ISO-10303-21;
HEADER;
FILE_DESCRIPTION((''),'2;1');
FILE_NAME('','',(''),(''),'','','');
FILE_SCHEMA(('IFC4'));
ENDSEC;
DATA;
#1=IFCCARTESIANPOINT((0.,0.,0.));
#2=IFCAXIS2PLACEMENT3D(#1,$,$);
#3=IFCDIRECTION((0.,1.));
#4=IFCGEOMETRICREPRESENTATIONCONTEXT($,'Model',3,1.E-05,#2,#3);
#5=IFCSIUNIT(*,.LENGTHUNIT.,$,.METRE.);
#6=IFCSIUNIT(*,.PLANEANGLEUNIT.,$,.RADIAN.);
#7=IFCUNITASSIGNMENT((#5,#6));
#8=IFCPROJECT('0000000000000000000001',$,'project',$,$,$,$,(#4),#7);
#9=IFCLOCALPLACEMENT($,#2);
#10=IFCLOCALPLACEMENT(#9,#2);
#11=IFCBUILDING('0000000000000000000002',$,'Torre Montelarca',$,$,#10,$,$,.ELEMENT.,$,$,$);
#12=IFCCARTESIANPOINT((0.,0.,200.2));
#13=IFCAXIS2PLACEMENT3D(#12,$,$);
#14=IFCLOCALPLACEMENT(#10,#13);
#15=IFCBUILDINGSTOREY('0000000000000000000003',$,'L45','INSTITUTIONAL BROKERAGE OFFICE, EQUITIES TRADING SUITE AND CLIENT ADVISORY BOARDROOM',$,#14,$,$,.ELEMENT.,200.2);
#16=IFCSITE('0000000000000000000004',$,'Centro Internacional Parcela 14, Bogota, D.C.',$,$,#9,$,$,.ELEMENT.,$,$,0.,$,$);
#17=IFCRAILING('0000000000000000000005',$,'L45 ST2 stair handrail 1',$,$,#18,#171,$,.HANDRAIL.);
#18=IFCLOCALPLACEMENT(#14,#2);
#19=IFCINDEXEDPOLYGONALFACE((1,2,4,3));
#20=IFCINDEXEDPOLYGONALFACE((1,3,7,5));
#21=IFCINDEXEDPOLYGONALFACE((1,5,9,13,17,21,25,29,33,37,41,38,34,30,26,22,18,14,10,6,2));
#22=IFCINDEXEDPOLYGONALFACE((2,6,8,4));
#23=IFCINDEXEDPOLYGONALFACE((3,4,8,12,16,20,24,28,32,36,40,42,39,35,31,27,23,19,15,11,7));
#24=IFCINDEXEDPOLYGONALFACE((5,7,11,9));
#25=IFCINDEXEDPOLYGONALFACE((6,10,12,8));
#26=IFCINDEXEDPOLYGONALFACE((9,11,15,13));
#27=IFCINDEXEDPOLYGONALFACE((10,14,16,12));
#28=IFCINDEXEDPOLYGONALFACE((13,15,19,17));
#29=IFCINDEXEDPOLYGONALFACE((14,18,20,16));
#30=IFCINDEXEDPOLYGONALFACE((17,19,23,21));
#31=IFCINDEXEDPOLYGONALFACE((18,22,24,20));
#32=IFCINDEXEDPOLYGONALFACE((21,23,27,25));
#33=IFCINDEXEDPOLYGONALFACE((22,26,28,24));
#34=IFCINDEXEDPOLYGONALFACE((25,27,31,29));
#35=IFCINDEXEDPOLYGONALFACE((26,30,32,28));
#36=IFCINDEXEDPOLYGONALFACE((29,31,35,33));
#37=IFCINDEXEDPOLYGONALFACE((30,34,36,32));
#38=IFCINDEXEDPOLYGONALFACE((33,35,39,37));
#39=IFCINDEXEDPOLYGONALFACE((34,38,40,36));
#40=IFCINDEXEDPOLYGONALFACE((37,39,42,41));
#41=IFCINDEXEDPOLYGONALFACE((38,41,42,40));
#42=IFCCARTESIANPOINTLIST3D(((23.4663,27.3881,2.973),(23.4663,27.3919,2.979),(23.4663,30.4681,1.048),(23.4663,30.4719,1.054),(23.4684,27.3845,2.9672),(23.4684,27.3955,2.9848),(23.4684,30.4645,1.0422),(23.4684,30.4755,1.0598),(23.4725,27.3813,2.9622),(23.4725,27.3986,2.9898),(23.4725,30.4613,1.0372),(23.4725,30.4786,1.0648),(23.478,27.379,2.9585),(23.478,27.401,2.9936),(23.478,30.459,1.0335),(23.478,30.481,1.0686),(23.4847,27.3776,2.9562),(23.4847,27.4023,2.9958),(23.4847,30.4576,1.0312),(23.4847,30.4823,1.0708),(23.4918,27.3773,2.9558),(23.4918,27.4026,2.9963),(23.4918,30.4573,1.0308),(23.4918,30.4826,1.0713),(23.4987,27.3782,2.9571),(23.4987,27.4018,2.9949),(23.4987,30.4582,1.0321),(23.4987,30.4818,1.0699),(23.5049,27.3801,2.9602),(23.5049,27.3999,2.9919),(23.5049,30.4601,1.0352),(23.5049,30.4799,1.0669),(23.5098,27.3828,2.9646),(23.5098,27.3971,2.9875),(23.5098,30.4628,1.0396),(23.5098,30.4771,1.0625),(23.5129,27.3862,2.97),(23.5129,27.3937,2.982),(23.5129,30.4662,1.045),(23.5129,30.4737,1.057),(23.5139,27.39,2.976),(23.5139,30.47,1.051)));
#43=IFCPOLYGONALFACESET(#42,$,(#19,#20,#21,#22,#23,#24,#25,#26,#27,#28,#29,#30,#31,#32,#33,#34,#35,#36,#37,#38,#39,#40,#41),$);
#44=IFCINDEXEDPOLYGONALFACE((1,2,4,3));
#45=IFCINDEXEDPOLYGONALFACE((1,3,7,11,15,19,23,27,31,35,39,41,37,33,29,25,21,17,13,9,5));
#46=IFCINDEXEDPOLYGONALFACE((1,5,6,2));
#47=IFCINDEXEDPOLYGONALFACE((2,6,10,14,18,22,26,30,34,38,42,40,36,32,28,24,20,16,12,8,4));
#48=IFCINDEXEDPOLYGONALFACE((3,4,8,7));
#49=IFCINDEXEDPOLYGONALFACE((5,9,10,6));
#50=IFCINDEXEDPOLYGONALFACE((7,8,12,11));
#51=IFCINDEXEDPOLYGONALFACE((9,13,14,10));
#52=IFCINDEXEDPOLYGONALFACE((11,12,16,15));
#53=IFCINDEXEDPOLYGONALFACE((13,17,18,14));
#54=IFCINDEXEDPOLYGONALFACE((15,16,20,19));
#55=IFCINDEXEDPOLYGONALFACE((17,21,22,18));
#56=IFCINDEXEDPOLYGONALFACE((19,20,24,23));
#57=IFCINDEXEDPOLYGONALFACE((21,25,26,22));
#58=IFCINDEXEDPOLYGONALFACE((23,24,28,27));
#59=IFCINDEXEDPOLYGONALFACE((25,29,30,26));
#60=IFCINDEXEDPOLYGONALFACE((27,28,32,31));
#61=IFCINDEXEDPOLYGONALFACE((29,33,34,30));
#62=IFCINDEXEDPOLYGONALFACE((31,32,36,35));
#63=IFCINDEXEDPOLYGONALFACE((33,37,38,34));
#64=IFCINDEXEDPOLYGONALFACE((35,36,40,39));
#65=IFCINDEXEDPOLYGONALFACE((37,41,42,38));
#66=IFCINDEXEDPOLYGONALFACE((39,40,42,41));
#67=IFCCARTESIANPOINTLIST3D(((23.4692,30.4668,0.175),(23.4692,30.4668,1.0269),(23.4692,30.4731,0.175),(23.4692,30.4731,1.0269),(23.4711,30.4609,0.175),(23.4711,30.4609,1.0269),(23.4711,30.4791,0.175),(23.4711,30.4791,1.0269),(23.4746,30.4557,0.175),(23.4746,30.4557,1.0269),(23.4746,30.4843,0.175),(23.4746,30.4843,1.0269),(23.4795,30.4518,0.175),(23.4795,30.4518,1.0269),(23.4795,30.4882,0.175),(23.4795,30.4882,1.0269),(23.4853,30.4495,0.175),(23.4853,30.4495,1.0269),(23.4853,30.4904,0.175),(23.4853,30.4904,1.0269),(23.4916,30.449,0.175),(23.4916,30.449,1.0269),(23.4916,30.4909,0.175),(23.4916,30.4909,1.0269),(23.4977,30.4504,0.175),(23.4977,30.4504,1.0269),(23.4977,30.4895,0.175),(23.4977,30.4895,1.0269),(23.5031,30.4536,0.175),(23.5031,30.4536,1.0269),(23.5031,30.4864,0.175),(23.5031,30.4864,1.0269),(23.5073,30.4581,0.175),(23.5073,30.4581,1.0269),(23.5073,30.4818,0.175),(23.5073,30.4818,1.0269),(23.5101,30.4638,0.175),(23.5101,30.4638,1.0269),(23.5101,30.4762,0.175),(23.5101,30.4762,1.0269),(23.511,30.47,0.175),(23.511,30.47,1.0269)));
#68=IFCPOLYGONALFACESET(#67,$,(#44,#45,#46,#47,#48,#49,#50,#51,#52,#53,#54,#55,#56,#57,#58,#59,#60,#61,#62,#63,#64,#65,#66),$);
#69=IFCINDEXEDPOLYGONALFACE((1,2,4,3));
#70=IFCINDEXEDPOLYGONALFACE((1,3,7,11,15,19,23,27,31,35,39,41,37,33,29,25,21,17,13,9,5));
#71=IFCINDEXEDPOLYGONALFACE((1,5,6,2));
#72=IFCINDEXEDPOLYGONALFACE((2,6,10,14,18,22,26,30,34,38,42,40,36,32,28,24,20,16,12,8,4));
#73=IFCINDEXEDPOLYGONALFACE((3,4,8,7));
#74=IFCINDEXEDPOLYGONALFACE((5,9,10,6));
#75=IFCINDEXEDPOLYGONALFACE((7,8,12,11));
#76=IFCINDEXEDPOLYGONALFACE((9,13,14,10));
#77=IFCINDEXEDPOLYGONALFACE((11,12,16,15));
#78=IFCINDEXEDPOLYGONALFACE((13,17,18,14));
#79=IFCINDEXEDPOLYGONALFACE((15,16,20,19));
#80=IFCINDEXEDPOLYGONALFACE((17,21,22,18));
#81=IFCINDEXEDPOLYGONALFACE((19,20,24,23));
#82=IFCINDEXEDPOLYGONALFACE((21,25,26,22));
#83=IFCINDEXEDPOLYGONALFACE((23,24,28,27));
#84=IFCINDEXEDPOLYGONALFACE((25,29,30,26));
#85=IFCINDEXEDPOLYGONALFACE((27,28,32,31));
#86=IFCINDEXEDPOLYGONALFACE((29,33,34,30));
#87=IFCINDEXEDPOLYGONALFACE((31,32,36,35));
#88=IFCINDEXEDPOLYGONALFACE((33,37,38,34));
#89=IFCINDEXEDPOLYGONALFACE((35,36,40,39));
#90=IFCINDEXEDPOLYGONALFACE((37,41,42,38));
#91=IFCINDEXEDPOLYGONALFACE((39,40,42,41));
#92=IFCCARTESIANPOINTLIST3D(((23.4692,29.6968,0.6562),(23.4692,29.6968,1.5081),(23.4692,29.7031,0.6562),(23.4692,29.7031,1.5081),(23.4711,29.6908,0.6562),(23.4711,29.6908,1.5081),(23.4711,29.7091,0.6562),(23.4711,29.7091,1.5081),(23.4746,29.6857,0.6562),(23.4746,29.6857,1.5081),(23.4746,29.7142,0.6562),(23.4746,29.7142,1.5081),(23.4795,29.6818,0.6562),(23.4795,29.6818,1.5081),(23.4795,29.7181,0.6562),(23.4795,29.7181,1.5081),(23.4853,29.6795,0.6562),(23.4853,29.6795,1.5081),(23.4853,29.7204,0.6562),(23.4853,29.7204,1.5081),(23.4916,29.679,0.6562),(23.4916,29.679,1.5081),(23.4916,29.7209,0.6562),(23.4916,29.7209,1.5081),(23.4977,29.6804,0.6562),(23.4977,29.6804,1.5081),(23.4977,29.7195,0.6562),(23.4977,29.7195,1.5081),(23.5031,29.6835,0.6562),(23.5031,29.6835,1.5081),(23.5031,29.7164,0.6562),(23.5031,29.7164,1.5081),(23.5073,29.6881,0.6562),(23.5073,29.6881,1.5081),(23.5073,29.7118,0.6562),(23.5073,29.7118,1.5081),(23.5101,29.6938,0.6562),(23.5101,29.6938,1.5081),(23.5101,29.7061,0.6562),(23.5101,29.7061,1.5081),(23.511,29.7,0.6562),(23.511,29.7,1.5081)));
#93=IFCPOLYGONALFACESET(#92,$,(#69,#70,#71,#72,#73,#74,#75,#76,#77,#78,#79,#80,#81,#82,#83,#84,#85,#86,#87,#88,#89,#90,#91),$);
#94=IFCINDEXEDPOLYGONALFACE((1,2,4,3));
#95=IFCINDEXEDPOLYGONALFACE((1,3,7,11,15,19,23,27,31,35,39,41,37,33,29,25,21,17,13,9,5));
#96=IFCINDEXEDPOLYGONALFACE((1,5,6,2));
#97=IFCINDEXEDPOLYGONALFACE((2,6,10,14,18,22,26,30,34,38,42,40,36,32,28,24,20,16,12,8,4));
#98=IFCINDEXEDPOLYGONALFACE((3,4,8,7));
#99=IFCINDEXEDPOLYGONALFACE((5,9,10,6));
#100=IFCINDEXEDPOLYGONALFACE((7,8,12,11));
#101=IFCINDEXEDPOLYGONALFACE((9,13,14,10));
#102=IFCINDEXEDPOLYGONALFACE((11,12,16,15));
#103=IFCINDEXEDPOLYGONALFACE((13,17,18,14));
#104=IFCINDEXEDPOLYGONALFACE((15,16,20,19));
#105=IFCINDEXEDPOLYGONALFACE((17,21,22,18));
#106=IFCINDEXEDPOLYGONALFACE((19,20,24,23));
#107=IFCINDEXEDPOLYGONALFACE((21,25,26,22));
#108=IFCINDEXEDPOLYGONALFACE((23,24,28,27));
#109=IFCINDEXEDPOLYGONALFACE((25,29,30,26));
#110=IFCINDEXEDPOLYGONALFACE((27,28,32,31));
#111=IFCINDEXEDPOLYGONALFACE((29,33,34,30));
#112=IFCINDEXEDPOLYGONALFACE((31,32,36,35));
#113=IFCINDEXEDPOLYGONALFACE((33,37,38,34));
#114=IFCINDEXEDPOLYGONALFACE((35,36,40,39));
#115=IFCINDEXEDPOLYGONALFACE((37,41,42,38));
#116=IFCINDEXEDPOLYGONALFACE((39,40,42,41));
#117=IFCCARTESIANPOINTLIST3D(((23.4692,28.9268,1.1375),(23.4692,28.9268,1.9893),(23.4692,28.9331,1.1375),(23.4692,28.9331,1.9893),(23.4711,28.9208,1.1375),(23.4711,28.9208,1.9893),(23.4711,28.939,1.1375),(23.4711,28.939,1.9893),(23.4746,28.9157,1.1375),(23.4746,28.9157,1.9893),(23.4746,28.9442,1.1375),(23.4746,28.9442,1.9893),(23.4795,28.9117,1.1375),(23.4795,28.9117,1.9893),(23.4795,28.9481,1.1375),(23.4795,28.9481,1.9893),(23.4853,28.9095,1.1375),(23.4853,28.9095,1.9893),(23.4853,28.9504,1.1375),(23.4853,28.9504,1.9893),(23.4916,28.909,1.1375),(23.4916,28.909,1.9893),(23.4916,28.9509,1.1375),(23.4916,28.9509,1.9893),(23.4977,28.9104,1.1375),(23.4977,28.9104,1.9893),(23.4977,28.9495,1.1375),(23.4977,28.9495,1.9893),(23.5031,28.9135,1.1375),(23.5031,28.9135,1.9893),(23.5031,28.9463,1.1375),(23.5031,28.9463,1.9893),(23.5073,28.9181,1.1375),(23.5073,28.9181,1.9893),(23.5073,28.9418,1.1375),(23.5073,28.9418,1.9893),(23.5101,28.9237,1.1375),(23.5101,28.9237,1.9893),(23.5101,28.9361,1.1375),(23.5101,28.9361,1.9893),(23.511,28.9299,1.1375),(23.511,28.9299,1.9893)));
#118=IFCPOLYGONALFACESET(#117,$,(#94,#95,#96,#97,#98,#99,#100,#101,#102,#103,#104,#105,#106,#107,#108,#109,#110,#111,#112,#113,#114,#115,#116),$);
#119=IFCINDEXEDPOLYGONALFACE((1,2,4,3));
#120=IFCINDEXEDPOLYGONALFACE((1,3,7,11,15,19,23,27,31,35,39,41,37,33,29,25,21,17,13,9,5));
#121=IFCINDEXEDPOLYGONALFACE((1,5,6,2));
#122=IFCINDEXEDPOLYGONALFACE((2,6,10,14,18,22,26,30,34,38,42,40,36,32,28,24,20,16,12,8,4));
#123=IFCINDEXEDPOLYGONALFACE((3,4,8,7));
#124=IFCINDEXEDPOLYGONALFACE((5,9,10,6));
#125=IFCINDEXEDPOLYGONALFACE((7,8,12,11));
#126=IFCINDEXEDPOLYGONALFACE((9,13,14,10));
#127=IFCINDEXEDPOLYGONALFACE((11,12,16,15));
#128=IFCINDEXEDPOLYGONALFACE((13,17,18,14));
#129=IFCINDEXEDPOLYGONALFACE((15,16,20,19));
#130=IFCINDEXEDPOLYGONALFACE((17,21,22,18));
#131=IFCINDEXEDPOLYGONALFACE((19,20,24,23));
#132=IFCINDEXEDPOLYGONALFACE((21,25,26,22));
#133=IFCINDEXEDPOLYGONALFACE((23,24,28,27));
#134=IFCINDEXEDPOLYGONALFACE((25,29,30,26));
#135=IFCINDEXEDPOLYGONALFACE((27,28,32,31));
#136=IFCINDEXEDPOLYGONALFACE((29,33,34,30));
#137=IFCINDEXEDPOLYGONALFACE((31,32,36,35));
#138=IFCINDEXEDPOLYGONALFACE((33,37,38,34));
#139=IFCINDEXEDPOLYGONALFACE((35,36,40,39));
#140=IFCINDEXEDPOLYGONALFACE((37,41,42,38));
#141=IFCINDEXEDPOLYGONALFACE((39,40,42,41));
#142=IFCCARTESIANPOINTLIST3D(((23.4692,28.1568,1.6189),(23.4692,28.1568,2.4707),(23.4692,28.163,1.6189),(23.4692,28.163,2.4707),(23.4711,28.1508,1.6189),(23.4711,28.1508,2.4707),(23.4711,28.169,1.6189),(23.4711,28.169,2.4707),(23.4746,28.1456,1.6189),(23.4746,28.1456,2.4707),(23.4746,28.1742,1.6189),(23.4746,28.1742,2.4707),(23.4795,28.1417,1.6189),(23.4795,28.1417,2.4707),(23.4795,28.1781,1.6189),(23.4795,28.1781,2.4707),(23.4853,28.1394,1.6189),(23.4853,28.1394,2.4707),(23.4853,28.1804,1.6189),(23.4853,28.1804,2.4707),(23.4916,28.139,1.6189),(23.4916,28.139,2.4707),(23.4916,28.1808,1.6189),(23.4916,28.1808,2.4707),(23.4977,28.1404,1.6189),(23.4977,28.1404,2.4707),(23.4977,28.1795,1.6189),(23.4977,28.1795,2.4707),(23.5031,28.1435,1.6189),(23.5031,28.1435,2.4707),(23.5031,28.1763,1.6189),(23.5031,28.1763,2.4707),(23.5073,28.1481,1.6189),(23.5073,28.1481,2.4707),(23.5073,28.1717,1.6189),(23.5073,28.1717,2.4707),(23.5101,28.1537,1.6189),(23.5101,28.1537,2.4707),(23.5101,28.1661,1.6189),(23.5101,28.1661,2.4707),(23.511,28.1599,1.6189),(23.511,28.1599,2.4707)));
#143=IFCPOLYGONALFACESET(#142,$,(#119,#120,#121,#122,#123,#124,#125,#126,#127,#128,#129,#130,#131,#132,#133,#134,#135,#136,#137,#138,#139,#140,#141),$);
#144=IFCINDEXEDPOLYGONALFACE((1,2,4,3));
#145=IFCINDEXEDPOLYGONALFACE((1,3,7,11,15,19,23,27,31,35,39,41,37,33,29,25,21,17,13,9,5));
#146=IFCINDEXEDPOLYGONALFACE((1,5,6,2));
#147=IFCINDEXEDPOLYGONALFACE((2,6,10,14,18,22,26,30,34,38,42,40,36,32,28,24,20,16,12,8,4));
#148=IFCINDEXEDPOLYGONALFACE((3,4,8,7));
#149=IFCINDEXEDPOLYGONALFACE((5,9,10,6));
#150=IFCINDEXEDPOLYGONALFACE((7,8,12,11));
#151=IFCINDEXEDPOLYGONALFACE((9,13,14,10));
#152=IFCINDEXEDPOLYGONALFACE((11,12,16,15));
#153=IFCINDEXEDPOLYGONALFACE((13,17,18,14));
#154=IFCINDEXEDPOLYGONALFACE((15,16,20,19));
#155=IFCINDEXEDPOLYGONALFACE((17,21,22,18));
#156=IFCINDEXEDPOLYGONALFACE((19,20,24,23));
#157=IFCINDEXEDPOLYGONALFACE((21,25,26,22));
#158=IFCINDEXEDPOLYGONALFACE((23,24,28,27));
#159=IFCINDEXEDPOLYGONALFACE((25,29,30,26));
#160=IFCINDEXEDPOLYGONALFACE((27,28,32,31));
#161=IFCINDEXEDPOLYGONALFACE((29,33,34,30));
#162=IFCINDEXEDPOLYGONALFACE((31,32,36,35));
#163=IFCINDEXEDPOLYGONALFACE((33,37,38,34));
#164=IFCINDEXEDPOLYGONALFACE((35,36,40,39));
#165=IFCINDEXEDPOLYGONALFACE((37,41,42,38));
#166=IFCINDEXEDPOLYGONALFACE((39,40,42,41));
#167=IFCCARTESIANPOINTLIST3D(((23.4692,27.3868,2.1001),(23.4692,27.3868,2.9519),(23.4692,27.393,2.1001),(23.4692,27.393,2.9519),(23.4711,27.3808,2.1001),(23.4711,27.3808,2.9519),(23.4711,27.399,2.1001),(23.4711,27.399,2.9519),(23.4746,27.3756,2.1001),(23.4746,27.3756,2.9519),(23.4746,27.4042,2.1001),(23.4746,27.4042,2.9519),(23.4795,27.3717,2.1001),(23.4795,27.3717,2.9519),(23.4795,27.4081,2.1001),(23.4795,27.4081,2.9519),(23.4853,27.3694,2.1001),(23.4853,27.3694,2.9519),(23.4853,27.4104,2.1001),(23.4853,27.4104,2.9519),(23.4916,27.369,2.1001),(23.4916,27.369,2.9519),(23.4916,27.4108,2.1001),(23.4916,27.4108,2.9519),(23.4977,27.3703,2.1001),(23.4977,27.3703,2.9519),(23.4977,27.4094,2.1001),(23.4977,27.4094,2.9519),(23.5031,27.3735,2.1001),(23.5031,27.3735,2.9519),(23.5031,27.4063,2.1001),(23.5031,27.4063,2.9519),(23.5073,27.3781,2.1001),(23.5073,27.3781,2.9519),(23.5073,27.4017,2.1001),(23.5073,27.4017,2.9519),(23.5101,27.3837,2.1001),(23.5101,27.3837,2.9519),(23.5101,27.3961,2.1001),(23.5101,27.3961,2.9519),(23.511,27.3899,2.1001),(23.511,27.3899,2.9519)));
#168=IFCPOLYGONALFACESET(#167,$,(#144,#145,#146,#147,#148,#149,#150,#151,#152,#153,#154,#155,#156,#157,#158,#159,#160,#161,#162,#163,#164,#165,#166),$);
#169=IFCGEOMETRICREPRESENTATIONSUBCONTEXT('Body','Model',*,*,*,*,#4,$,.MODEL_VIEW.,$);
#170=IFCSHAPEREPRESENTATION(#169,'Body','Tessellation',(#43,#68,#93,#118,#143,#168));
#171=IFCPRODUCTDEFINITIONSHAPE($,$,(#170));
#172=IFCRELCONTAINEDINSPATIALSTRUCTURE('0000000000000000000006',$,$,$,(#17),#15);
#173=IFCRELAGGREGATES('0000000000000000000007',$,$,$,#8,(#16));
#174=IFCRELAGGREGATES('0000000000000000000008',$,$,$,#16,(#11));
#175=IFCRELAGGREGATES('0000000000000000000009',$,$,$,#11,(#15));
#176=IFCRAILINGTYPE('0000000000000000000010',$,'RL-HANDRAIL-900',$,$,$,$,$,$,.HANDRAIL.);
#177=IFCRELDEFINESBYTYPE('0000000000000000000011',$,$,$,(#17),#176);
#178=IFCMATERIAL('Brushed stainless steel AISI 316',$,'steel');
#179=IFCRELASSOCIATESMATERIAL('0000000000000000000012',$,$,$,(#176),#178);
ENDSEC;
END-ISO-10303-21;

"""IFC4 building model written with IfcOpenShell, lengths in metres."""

from ifc_helpers import new_model, si_unit, direction, frame, origin, origin_2d, place, context, subcontext, project, spatial, circle, extrude, material, type_object, element, save


model = new_model("IFC4")

# Units and contexts
model_context = context("Model", 3, precision=1e-05, world=origin(), true_north=direction((0.0, 1.0)))
body_context = subcontext(model_context, "Body", "Model", "MODEL_VIEW")
ifc_project = project(units=[si_unit("LENGTHUNIT", "METRE"), si_unit("PLANEANGLEUNIT", "RADIAN")], contexts=[model_context])

# Site, building, storey
site_placement = place(None, origin())
site = spatial("IfcSite", under=ifc_project, at=site_placement, Name="Centro Internacional Parcela 14, Bogota, D.C.", CompositionType="ELEMENT", RefElevation=0.0)
building_placement = place(site_placement, origin())
building = spatial("IfcBuilding", under=site, at=building_placement, Name="Torre Montelarca", CompositionType="ELEMENT")
storey_placement = place(building_placement, frame((0.0, 0.0, 200.2)))
storey = spatial("IfcBuildingStorey", under=building, at=storey_placement, Name="L45", Description="INSTITUTIONAL BROKERAGE OFFICE, EQUITIES TRADING SUITE AND CLIENT ADVISORY BOARDROOM", CompositionType="ELEMENT", Elevation=200.2)

# Shared definitions
ifc_material_1 = material(Name="Brushed stainless steel AISI 316", Category="steel")

# Railing
railing_type_1 = type_object("IfcRailingType", Name="RL-HANDRAIL-900", PredefinedType="HANDRAIL", material=ifc_material_1)
railing_1_placement = place(storey_placement, frame((23.49, 30.47, 0.175)))
element("IfcRailing", 1, at=railing_1_placement, inside=storey, type_object=railing_type_1, Name="L45 ST2 stair handrail 1", PredefinedType="HANDRAIL", context=body_context, shape_type="SweptSolid", body=[
    extrude(circle(Radius=0.0239, at=origin_2d()), frame((0.0, 0.0, 0.876), z_axis=(0.0, -0.847998, 0.529999), x_axis=(1.0, 0.0, 0.0)), (0.0, 0.0, 1.0), 3.6321),
    extrude(circle(Radius=0.021, at=origin_2d()), origin(), (0.0, 0.0, 1.0), 0.8518),
    extrude(circle(Radius=0.021, at=origin_2d()), frame((0.0, -0.77, 0.4812)), (0.0, 0.0, 1.0), 0.8518),
    extrude(circle(Radius=0.021, at=origin_2d()), frame((0.0, -1.54, 0.9624)), (0.0, 0.0, 1.0), 0.8518),
    extrude(circle(Radius=0.021, at=origin_2d()), frame((0.0, -2.3101, 1.4438)), (0.0, 0.0, 1.0), 0.8518),
    extrude(circle(Radius=0.021, at=origin_2d()), frame((0.0, -3.0801, 1.925)), (0.0, 0.0, 1.0), 0.8518),
])

save(model, "model.ifc")
